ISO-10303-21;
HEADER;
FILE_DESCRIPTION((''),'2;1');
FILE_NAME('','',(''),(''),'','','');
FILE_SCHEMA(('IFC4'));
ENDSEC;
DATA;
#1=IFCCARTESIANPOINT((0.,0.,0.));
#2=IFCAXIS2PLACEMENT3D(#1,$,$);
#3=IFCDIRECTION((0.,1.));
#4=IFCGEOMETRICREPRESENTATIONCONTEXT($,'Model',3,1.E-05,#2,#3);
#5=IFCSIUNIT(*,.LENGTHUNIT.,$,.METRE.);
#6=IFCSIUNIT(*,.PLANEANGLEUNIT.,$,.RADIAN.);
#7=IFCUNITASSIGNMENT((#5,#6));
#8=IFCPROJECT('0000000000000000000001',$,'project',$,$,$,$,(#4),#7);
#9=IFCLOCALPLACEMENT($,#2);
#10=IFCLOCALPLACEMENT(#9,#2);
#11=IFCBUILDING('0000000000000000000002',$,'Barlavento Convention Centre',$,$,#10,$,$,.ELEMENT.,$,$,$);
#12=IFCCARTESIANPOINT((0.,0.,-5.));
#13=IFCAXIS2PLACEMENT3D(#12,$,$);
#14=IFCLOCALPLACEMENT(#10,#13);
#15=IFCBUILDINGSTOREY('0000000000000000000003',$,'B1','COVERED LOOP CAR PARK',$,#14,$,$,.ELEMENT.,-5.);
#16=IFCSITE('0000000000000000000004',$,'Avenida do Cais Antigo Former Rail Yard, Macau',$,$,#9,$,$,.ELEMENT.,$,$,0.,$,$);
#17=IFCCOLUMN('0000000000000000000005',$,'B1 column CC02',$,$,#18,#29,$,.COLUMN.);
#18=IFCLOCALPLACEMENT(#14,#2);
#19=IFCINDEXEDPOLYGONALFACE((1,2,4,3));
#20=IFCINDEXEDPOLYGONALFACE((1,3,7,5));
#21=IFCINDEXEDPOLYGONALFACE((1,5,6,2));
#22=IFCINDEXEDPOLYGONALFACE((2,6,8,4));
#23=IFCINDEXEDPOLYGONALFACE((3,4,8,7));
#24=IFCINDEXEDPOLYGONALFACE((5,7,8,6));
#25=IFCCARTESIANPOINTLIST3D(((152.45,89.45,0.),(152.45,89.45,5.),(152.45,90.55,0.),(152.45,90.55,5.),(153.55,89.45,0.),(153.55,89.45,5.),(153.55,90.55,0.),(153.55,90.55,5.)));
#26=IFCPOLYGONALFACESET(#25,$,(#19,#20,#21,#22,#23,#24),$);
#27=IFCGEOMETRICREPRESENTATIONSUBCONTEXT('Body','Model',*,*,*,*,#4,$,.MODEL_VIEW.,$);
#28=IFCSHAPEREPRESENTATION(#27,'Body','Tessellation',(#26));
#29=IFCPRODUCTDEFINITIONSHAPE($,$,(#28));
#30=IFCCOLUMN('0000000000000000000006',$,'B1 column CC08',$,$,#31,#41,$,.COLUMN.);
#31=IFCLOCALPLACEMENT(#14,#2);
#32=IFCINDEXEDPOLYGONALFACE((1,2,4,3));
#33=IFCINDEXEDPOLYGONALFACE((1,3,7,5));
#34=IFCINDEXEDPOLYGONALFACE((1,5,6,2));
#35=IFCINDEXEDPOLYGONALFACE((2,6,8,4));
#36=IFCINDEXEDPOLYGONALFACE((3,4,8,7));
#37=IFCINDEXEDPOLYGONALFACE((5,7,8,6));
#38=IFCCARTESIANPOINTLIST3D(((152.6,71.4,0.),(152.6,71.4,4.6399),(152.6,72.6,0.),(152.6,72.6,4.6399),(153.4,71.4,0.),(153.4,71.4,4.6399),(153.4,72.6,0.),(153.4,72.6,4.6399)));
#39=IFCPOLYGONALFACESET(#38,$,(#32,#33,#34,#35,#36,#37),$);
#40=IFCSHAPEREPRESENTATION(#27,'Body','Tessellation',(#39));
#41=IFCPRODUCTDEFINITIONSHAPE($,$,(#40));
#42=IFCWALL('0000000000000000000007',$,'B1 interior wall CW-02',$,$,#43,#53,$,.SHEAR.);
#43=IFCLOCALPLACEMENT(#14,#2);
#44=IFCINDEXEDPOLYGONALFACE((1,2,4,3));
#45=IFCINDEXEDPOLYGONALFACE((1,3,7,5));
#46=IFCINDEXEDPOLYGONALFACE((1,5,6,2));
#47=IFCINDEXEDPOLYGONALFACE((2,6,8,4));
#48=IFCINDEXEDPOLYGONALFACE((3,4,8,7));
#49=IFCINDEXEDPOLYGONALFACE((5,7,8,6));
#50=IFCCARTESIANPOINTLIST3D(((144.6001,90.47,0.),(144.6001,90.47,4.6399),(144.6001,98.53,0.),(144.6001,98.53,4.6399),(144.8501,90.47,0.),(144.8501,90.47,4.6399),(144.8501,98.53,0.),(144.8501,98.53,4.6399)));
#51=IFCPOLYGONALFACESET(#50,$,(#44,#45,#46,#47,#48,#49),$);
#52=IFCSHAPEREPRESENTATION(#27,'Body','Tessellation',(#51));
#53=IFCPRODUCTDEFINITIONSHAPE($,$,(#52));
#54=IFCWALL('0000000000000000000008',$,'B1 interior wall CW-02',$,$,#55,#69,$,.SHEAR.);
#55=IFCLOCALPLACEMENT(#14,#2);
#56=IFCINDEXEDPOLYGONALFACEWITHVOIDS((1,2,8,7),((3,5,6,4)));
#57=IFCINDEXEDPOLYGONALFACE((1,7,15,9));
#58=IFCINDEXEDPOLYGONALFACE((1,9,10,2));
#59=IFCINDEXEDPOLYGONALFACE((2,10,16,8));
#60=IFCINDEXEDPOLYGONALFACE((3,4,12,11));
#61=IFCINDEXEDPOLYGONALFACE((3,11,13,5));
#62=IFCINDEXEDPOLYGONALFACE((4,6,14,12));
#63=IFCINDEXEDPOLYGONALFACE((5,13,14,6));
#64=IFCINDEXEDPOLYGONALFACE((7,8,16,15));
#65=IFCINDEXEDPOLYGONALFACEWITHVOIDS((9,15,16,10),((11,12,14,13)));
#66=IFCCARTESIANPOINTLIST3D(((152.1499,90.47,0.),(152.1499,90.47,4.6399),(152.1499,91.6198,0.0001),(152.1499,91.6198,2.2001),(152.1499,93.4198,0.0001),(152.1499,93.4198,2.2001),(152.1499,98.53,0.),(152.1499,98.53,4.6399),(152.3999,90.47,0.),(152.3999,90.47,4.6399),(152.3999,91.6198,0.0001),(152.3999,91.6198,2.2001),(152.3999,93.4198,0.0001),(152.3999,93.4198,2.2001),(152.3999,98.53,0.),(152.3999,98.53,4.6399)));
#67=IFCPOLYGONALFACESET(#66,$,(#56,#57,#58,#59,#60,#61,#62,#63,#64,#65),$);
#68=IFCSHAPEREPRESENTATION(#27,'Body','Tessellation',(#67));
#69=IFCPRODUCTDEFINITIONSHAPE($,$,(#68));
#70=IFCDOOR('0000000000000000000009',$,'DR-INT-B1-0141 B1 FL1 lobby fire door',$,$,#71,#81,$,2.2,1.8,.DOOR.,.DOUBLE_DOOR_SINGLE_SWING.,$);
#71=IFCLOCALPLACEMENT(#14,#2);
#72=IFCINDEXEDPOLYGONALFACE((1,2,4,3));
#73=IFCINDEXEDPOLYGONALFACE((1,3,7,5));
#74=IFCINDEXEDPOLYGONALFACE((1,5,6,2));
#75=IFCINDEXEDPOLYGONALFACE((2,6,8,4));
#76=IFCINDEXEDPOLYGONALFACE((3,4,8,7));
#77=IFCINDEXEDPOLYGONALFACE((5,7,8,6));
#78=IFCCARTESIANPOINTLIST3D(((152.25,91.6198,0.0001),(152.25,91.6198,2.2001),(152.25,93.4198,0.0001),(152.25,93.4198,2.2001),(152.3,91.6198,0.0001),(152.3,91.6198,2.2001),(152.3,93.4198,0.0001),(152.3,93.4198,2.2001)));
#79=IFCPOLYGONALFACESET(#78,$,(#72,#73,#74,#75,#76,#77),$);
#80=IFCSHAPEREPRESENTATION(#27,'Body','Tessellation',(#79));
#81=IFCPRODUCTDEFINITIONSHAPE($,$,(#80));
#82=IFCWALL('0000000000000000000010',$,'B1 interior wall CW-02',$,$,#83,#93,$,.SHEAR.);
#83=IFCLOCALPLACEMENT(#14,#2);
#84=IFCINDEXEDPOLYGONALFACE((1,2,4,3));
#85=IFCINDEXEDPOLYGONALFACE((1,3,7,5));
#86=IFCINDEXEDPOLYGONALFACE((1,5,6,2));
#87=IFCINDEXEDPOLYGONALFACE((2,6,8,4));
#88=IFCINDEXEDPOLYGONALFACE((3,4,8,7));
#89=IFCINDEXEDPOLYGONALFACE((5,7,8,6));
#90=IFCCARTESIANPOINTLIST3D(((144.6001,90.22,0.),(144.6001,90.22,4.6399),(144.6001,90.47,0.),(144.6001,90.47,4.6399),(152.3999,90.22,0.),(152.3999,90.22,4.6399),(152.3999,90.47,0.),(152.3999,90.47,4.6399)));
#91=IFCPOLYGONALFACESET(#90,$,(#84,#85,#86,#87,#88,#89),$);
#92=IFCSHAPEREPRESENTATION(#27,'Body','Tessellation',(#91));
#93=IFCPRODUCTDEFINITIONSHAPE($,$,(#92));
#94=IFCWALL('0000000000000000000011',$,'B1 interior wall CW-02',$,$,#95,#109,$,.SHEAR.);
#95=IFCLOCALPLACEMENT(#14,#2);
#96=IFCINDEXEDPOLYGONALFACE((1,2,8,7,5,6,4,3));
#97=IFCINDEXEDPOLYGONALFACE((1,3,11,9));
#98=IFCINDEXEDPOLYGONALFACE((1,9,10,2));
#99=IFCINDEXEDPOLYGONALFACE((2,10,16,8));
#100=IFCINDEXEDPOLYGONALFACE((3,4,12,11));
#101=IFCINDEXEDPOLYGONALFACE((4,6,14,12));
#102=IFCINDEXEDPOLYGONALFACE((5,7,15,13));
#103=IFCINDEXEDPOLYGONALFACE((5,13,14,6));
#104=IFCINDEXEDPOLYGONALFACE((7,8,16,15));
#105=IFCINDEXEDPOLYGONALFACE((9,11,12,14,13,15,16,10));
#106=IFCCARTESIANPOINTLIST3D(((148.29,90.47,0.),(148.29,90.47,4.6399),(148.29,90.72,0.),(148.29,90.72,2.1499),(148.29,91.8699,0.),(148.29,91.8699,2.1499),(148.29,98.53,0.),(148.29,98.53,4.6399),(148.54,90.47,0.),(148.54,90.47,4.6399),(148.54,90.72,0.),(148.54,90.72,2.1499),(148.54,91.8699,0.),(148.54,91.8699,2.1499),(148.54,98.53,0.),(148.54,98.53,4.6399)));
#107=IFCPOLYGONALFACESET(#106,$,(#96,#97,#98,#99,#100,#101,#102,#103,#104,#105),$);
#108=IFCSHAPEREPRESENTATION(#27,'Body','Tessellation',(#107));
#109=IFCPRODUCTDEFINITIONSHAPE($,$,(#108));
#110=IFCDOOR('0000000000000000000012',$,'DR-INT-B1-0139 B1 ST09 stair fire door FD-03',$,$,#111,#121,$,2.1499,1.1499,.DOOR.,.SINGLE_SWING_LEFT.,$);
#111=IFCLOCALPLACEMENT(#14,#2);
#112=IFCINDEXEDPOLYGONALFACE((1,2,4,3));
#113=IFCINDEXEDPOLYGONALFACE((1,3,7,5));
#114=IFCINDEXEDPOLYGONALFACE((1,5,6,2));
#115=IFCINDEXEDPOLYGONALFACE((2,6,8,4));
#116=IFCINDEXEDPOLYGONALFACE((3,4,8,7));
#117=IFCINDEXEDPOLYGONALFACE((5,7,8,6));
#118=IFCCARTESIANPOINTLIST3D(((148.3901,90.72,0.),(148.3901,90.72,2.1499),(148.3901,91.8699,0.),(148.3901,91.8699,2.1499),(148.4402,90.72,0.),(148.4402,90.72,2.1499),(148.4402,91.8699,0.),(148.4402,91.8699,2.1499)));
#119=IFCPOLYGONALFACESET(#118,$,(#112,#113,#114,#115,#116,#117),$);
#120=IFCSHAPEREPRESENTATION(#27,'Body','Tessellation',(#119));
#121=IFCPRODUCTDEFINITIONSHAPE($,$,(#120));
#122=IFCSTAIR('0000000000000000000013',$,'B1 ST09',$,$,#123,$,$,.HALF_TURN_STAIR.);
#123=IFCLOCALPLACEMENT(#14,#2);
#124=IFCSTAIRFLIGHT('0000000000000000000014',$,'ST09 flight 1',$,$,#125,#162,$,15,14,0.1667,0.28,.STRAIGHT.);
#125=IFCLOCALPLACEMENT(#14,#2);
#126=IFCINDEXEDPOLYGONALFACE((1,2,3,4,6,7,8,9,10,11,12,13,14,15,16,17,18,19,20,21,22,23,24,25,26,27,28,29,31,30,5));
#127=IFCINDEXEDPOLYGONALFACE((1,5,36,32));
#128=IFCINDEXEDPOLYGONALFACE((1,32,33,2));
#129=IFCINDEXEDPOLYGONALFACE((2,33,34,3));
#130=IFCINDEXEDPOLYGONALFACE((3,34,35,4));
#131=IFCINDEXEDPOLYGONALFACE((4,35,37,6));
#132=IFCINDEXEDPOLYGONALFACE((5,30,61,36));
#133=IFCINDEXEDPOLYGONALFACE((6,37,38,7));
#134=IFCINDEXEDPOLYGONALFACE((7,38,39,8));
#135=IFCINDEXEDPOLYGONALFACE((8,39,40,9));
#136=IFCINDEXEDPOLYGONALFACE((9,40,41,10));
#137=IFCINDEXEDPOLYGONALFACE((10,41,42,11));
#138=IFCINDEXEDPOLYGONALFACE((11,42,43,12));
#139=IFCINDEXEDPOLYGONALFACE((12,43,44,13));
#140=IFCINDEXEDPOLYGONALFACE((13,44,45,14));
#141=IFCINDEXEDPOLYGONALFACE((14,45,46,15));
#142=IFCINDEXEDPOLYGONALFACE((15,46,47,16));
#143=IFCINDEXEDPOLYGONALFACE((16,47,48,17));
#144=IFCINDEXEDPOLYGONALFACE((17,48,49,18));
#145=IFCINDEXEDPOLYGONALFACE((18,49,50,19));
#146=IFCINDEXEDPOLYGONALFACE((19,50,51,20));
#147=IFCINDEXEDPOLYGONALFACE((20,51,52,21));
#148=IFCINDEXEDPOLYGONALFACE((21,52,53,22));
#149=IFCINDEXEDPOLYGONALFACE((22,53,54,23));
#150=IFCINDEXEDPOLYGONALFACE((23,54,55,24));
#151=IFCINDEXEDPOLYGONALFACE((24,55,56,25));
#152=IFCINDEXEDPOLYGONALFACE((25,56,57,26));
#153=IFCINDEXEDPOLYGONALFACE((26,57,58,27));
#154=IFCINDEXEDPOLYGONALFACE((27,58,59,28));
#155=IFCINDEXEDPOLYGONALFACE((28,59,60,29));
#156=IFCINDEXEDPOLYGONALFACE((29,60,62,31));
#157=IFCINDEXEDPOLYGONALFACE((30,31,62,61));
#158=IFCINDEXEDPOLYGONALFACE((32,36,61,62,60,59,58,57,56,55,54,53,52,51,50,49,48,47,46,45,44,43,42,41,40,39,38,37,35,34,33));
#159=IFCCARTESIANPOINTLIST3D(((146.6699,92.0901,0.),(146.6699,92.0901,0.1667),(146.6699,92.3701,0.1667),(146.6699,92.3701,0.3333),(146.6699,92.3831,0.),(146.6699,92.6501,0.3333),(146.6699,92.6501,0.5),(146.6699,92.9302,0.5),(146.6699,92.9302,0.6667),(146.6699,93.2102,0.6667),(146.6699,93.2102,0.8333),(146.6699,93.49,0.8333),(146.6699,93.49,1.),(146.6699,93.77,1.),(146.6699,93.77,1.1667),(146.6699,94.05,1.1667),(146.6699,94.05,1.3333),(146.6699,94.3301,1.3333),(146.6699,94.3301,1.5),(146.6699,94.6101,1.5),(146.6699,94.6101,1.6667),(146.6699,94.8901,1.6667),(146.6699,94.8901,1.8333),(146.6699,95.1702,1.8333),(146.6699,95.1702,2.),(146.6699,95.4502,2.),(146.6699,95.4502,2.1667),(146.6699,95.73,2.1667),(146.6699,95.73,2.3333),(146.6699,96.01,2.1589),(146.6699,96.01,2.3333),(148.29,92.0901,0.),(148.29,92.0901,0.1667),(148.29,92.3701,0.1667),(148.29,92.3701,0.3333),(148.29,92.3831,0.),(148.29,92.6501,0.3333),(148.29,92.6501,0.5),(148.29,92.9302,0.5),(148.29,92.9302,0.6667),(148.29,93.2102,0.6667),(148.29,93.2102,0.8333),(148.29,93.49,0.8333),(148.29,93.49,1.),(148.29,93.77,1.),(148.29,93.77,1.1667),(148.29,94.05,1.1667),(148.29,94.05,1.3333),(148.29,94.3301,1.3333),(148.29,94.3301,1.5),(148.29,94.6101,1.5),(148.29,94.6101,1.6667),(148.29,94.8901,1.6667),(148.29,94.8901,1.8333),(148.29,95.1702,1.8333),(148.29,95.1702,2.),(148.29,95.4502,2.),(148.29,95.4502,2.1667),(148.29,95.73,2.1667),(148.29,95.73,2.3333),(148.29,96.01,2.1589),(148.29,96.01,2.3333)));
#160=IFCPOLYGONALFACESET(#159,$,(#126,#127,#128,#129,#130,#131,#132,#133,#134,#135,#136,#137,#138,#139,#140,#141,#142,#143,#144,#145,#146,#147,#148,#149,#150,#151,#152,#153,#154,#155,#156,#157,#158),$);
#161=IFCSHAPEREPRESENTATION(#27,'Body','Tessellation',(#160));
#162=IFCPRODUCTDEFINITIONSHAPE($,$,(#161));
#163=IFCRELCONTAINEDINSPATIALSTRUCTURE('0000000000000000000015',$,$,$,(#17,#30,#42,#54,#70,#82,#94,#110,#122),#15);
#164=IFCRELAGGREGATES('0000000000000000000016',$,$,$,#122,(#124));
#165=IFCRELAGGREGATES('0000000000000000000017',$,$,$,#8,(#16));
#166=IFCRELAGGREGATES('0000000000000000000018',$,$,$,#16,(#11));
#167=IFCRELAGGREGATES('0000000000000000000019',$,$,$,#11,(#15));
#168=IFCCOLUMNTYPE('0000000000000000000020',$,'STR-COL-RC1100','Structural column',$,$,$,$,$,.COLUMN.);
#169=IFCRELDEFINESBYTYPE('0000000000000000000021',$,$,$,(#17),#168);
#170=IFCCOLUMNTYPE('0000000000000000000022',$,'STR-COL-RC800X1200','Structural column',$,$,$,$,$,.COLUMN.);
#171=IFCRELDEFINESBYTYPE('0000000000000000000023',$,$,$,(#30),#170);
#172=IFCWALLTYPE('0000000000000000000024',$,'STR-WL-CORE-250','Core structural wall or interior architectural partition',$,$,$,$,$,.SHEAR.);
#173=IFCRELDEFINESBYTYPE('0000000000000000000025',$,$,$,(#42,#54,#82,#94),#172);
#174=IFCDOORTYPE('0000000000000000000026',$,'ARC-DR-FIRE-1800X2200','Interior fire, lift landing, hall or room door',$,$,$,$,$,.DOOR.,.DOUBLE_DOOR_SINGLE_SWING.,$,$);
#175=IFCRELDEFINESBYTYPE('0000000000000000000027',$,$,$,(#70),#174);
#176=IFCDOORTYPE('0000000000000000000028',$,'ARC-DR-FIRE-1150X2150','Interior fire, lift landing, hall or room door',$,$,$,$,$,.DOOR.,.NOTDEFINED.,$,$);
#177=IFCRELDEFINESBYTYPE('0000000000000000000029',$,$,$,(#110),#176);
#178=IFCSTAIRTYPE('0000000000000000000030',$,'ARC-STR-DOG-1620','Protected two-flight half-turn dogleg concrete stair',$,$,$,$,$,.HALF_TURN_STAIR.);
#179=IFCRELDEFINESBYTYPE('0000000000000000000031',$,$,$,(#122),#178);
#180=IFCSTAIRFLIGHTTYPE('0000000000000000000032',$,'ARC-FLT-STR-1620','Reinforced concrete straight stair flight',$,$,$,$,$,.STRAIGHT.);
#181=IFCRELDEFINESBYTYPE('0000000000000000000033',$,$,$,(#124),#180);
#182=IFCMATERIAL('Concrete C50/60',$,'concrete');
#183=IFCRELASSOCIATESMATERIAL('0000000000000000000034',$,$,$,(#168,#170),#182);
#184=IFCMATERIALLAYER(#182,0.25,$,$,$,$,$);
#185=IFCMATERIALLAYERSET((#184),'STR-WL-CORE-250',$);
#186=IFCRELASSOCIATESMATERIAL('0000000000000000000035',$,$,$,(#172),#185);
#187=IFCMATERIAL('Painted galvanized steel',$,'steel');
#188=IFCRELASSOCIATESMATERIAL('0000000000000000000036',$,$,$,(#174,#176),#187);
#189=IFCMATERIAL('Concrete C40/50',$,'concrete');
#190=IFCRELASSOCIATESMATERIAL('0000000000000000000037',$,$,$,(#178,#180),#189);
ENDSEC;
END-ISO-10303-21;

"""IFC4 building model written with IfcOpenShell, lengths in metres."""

from ifc_helpers import new_model, si_unit, direction, frame, frame_2d, origin, origin_2d, place, context, subcontext, project, spatial, polyline, rectangle, outline, extrude, material, layer, layer_set, material_profile, profile_set, type_object, element, fill, aggregate, save


model = new_model("IFC4")

# Units and contexts
model_context = context("Model", 3, precision=1e-05, world=origin(), true_north=direction((0.0, 1.0)))
body_context = subcontext(model_context, "Body", "Model", "MODEL_VIEW")
ifc_project = project(units=[si_unit("LENGTHUNIT", "METRE"), si_unit("PLANEANGLEUNIT", "RADIAN")], contexts=[model_context])

# Site, building, storey
site_placement = place(None, origin())
site = spatial("IfcSite", under=ifc_project, at=site_placement, Name="Avenida do Cais Antigo Former Rail Yard, Macau", CompositionType="ELEMENT", RefElevation=0.0)
building_placement = place(site_placement, origin())
building = spatial("IfcBuilding", under=site, at=building_placement, Name="Barlavento Convention Centre", CompositionType="ELEMENT")
storey_placement = place(building_placement, frame((0.0, 0.0, -5.0)))
storey = spatial("IfcBuildingStorey", under=building, at=storey_placement, Name="B1", Description="COVERED LOOP CAR PARK", CompositionType="ELEMENT", Elevation=-5.0)

# Shared definitions
ifc_material_1 = material(Name="Concrete C40/50", Category="concrete")

# Columns
ifc_material_2 = material(Name="Concrete C50/60", Category="concrete")
ifc_material_profile_1 = material_profile(ifc_material_2, rectangle(XDim=1.1001, YDim=1.1001, at=origin_2d()), Name="RC 1100x1100")
ifc_profile_set_1 = profile_set([ifc_material_profile_1], Name="Concrete C50/60")
column_type_1 = type_object("IfcColumnType", Name="STR-COL-RC1100", Description="Structural column", PredefinedType="COLUMN", material=ifc_profile_set_1)
column_1_placement = place(storey_placement, frame((153.0, 90.0, 0.0), z_axis=(0.0, 0.0, 1.0), x_axis=(1.0, 0.0, 0.0)))
element("IfcColumn", 1, at=column_1_placement, inside=storey, type_object=column_type_1, Name="B1 column CC02", PredefinedType="COLUMN", context=body_context, shape_type="SweptSolid", body=[
    extrude(rectangle(XDim=1.1001, YDim=1.1001, at=origin_2d()), origin(), (0.0, 0.0, 1.0), 5.0),
])
ifc_material_profile_2 = material_profile(ifc_material_2, rectangle(XDim=0.8, YDim=1.2, at=origin_2d()), Name="RC 800x1200")
ifc_profile_set_2 = profile_set([ifc_material_profile_2], Name="Concrete C50/60")
column_type_2 = type_object("IfcColumnType", Name="STR-COL-RC800X1200", Description="Structural column", PredefinedType="COLUMN", material=ifc_profile_set_2)
column_2_placement = place(storey_placement, frame((153.0, 72.0, 0.0), z_axis=(0.0, 0.0, 1.0), x_axis=(1.0, 0.0, 0.0)))
element("IfcColumn", 2, at=column_2_placement, inside=storey, type_object=column_type_2, Name="B1 column CC08", PredefinedType="COLUMN", context=body_context, shape_type="SweptSolid", body=[
    extrude(rectangle(XDim=0.8, YDim=1.2, at=origin_2d()), origin(), (0.0, 0.0, 1.0), 4.6399),
])

# Wall
ifc_layer = layer(ifc_material_2, 0.25)
ifc_layer_set = layer_set([ifc_layer], Name="STR-WL-CORE-250")
wall_type = type_object("IfcWallType", Name="STR-WL-CORE-250", Description="Core structural wall or interior architectural partition", PredefinedType="SHEAR", material=ifc_layer_set)
wall_1_placement = place(storey_placement, frame((144.7251, 90.47, 0.0), z_axis=(0.0, 0.0, 1.0), x_axis=(0.0, 1.0, 0.0)))
element("IfcWall", 3, at=wall_1_placement, inside=storey, type_object=wall_type, Name="B1 interior wall CW-02", PredefinedType="SHEAR", context=body_context, shape_type="SweptSolid", body=[
    extrude(rectangle(XDim=8.0601, YDim=0.25, at=frame_2d((4.03, 0.0))), origin(), (0.0, 0.0, 1.0), 4.6399),
])

# Wall, opening, door
wall_2_placement = place(storey_placement, frame((152.2749, 90.47, 0.0), z_axis=(0.0, 0.0, 1.0), x_axis=(0.0, 1.0, 0.0)))
wall_2 = element("IfcWall", 4, at=wall_2_placement, inside=storey, type_object=wall_type, Name="B1 interior wall CW-02", PredefinedType="SHEAR", context=body_context, shape_type="SweptSolid", body=[
    extrude(rectangle(XDim=8.0601, YDim=0.25, at=frame_2d((4.03, 0.0))), origin(), (0.0, 0.0, 1.0), 4.6399),
])
opening_1_placement = place(wall_2_placement, frame((1.1499, 0.0, 0.0)))
opening_1 = element("IfcOpeningElement", 5, at=opening_1_placement, cuts=wall_2, PredefinedType="OPENING", context=body_context, shape_type="SweptSolid", body=[
    extrude(rectangle(XDim=1.8, YDim=2.2, at=frame_2d((0.8999, 1.1001))), frame((0.0, 0.135, 0.0), z_axis=(0.0, -1.0, 0.0), x_axis=(1.0, 0.0, 0.0)), (0.0, 0.0, 1.0), 0.27),
])
ifc_material_3 = material(Name="Painted galvanized steel", Category="steel")
door_type_1 = type_object("IfcDoorType", Name="ARC-DR-FIRE-1800X2200", Description="Interior fire, lift landing, hall or room door", OperationType="DOUBLE_DOOR_SINGLE_SWING", PredefinedType="DOOR", material=ifc_material_3)
door_1_placement = place(opening_1_placement, origin())
door_1 = element("IfcDoor", 6, at=door_1_placement, inside=storey, type_object=door_type_1, Name="DR-INT-B1-0141 B1 FL1 lobby fire door", OperationType="DOUBLE_DOOR_SINGLE_SWING", OverallHeight=2.2, OverallWidth=1.8, PredefinedType="DOOR", context=body_context, shape_type="SweptSolid", body=[
    extrude(rectangle(XDim=1.8, YDim=2.2, at=frame_2d((0.8999, 1.1001))), frame((0.0, 0.0249, 0.0), z_axis=(0.0, -1.0, 0.0), x_axis=(1.0, 0.0, 0.0)), (0.0, 0.0, 1.0), 0.05),
])
fill(opening_1, door_1)

# Wall
wall_3_placement = place(storey_placement, frame((144.6001, 90.345, 0.0), z_axis=(0.0, 0.0, 1.0), x_axis=(1.0, 0.0, 0.0)))
element("IfcWall", 7, at=wall_3_placement, inside=storey, type_object=wall_type, Name="B1 interior wall CW-02", PredefinedType="SHEAR", context=body_context, shape_type="SweptSolid", body=[
    extrude(rectangle(XDim=7.7998, YDim=0.25, at=frame_2d((3.8999, 0.0))), origin(), (0.0, 0.0, 1.0), 4.6399),
])

# Wall, opening, door
wall_4_placement = place(storey_placement, frame((148.415, 90.47, 0.0), z_axis=(0.0, 0.0, 1.0), x_axis=(0.0, 1.0, 0.0)))
wall_4 = element("IfcWall", 8, at=wall_4_placement, inside=storey, type_object=wall_type, Name="B1 interior wall CW-02", PredefinedType="SHEAR", context=body_context, shape_type="SweptSolid", body=[
    extrude(rectangle(XDim=8.0601, YDim=0.25, at=frame_2d((4.03, 0.0))), origin(), (0.0, 0.0, 1.0), 4.6399),
])
opening_2_placement = place(wall_4_placement, frame((0.25, 0.0, 0.0)))
opening_2 = element("IfcOpeningElement", 9, at=opening_2_placement, cuts=wall_4, PredefinedType="OPENING", context=body_context, shape_type="SweptSolid", body=[
    extrude(rectangle(XDim=1.1499, YDim=2.1499, at=frame_2d((0.575, 1.075))), frame((0.0, 0.135, 0.0), z_axis=(0.0, -1.0, 0.0), x_axis=(1.0, 0.0, 0.0)), (0.0, 0.0, 1.0), 0.27),
])
door_type_2 = type_object("IfcDoorType", Name="ARC-DR-FIRE-1150X2150", Description="Interior fire, lift landing, hall or room door", OperationType="NOTDEFINED", PredefinedType="DOOR", material=ifc_material_3)
door_2_placement = place(opening_2_placement, origin())
door_2 = element("IfcDoor", 10, at=door_2_placement, inside=storey, type_object=door_type_2, Name="DR-INT-B1-0139 B1 ST09 stair fire door FD-03", OperationType="SINGLE_SWING_LEFT", OverallHeight=2.1499, OverallWidth=1.1499, PredefinedType="DOOR", context=body_context, shape_type="SweptSolid", body=[
    extrude(rectangle(XDim=1.1499, YDim=2.1499, at=frame_2d((0.575, 1.075))), frame((0.0, 0.0249, 0.0), z_axis=(0.0, -1.0, 0.0), x_axis=(1.0, 0.0, 0.0)), (0.0, 0.0, 1.0), 0.05),
])
fill(opening_2, door_2)

# Stair, stair flight
stair_type = type_object("IfcStairType", Name="ARC-STR-DOG-1620", Description="Protected two-flight half-turn dogleg concrete stair", PredefinedType="HALF_TURN_STAIR", material=ifc_material_1)
stair_placement = place(storey_placement, origin())
stair = element("IfcStair", 11, at=stair_placement, inside=storey, type_object=stair_type, Name="B1 ST09", PredefinedType="HALF_TURN_STAIR")
stair_flight_type = type_object("IfcStairFlightType", Name="ARC-FLT-STR-1620", Description="Reinforced concrete straight stair flight", PredefinedType="STRAIGHT", material=ifc_material_1)
stair_flight_placement = place(storey_placement, frame((147.48, 92.0901, 0.0), z_axis=(0.0, 0.0, 1.0), x_axis=(0.0, 1.0, 0.0)))
stair_flight = element("IfcStairFlight", 12, at=stair_flight_placement, type_object=stair_flight_type, Name="ST09 flight 1", NumberOfRisers=15, NumberOfTreads=14, PredefinedType="STRAIGHT", RiserHeight=0.1667, TreadLength=0.28, context=body_context, shape_type="SweptSolid", body=[
    extrude(outline(polyline([(0.0, 0.0), (0.0, 0.1667), (0.28, 0.1667), (0.28, 0.3333), (0.5601, 0.3333), (0.5601, 0.5), (0.8401, 0.5), (0.8401, 0.6667), (1.1201, 0.6667), (1.1201, 0.8333), (1.3999, 0.8333), (1.3999, 1.0), (1.6799, 1.0), (1.6799, 1.1667), (1.96, 1.1667), (1.96, 1.3333), (2.24, 1.3333), (2.24, 1.5), (2.52, 1.5), (2.52, 1.6667), (2.8, 1.6667), (2.8, 1.8333), (3.0801, 1.8333), (3.0801, 2.0), (3.3601, 2.0), (3.3601, 2.1667), (3.6399, 2.1667), (3.6399, 2.3333), (3.9199, 2.3333), (3.9199, 2.5), (3.9199, 2.1589), (0.293, 0.0), (0.0, 0.0)])), frame((0.0, 0.8101, 0.0), z_axis=(0.0, -1.0, 0.0), x_axis=(1.0, 0.0, 0.0)), (0.0, 0.0, 1.0), 1.6201),
])
aggregate(stair, [stair_flight])

save(model, "model.ifc")
